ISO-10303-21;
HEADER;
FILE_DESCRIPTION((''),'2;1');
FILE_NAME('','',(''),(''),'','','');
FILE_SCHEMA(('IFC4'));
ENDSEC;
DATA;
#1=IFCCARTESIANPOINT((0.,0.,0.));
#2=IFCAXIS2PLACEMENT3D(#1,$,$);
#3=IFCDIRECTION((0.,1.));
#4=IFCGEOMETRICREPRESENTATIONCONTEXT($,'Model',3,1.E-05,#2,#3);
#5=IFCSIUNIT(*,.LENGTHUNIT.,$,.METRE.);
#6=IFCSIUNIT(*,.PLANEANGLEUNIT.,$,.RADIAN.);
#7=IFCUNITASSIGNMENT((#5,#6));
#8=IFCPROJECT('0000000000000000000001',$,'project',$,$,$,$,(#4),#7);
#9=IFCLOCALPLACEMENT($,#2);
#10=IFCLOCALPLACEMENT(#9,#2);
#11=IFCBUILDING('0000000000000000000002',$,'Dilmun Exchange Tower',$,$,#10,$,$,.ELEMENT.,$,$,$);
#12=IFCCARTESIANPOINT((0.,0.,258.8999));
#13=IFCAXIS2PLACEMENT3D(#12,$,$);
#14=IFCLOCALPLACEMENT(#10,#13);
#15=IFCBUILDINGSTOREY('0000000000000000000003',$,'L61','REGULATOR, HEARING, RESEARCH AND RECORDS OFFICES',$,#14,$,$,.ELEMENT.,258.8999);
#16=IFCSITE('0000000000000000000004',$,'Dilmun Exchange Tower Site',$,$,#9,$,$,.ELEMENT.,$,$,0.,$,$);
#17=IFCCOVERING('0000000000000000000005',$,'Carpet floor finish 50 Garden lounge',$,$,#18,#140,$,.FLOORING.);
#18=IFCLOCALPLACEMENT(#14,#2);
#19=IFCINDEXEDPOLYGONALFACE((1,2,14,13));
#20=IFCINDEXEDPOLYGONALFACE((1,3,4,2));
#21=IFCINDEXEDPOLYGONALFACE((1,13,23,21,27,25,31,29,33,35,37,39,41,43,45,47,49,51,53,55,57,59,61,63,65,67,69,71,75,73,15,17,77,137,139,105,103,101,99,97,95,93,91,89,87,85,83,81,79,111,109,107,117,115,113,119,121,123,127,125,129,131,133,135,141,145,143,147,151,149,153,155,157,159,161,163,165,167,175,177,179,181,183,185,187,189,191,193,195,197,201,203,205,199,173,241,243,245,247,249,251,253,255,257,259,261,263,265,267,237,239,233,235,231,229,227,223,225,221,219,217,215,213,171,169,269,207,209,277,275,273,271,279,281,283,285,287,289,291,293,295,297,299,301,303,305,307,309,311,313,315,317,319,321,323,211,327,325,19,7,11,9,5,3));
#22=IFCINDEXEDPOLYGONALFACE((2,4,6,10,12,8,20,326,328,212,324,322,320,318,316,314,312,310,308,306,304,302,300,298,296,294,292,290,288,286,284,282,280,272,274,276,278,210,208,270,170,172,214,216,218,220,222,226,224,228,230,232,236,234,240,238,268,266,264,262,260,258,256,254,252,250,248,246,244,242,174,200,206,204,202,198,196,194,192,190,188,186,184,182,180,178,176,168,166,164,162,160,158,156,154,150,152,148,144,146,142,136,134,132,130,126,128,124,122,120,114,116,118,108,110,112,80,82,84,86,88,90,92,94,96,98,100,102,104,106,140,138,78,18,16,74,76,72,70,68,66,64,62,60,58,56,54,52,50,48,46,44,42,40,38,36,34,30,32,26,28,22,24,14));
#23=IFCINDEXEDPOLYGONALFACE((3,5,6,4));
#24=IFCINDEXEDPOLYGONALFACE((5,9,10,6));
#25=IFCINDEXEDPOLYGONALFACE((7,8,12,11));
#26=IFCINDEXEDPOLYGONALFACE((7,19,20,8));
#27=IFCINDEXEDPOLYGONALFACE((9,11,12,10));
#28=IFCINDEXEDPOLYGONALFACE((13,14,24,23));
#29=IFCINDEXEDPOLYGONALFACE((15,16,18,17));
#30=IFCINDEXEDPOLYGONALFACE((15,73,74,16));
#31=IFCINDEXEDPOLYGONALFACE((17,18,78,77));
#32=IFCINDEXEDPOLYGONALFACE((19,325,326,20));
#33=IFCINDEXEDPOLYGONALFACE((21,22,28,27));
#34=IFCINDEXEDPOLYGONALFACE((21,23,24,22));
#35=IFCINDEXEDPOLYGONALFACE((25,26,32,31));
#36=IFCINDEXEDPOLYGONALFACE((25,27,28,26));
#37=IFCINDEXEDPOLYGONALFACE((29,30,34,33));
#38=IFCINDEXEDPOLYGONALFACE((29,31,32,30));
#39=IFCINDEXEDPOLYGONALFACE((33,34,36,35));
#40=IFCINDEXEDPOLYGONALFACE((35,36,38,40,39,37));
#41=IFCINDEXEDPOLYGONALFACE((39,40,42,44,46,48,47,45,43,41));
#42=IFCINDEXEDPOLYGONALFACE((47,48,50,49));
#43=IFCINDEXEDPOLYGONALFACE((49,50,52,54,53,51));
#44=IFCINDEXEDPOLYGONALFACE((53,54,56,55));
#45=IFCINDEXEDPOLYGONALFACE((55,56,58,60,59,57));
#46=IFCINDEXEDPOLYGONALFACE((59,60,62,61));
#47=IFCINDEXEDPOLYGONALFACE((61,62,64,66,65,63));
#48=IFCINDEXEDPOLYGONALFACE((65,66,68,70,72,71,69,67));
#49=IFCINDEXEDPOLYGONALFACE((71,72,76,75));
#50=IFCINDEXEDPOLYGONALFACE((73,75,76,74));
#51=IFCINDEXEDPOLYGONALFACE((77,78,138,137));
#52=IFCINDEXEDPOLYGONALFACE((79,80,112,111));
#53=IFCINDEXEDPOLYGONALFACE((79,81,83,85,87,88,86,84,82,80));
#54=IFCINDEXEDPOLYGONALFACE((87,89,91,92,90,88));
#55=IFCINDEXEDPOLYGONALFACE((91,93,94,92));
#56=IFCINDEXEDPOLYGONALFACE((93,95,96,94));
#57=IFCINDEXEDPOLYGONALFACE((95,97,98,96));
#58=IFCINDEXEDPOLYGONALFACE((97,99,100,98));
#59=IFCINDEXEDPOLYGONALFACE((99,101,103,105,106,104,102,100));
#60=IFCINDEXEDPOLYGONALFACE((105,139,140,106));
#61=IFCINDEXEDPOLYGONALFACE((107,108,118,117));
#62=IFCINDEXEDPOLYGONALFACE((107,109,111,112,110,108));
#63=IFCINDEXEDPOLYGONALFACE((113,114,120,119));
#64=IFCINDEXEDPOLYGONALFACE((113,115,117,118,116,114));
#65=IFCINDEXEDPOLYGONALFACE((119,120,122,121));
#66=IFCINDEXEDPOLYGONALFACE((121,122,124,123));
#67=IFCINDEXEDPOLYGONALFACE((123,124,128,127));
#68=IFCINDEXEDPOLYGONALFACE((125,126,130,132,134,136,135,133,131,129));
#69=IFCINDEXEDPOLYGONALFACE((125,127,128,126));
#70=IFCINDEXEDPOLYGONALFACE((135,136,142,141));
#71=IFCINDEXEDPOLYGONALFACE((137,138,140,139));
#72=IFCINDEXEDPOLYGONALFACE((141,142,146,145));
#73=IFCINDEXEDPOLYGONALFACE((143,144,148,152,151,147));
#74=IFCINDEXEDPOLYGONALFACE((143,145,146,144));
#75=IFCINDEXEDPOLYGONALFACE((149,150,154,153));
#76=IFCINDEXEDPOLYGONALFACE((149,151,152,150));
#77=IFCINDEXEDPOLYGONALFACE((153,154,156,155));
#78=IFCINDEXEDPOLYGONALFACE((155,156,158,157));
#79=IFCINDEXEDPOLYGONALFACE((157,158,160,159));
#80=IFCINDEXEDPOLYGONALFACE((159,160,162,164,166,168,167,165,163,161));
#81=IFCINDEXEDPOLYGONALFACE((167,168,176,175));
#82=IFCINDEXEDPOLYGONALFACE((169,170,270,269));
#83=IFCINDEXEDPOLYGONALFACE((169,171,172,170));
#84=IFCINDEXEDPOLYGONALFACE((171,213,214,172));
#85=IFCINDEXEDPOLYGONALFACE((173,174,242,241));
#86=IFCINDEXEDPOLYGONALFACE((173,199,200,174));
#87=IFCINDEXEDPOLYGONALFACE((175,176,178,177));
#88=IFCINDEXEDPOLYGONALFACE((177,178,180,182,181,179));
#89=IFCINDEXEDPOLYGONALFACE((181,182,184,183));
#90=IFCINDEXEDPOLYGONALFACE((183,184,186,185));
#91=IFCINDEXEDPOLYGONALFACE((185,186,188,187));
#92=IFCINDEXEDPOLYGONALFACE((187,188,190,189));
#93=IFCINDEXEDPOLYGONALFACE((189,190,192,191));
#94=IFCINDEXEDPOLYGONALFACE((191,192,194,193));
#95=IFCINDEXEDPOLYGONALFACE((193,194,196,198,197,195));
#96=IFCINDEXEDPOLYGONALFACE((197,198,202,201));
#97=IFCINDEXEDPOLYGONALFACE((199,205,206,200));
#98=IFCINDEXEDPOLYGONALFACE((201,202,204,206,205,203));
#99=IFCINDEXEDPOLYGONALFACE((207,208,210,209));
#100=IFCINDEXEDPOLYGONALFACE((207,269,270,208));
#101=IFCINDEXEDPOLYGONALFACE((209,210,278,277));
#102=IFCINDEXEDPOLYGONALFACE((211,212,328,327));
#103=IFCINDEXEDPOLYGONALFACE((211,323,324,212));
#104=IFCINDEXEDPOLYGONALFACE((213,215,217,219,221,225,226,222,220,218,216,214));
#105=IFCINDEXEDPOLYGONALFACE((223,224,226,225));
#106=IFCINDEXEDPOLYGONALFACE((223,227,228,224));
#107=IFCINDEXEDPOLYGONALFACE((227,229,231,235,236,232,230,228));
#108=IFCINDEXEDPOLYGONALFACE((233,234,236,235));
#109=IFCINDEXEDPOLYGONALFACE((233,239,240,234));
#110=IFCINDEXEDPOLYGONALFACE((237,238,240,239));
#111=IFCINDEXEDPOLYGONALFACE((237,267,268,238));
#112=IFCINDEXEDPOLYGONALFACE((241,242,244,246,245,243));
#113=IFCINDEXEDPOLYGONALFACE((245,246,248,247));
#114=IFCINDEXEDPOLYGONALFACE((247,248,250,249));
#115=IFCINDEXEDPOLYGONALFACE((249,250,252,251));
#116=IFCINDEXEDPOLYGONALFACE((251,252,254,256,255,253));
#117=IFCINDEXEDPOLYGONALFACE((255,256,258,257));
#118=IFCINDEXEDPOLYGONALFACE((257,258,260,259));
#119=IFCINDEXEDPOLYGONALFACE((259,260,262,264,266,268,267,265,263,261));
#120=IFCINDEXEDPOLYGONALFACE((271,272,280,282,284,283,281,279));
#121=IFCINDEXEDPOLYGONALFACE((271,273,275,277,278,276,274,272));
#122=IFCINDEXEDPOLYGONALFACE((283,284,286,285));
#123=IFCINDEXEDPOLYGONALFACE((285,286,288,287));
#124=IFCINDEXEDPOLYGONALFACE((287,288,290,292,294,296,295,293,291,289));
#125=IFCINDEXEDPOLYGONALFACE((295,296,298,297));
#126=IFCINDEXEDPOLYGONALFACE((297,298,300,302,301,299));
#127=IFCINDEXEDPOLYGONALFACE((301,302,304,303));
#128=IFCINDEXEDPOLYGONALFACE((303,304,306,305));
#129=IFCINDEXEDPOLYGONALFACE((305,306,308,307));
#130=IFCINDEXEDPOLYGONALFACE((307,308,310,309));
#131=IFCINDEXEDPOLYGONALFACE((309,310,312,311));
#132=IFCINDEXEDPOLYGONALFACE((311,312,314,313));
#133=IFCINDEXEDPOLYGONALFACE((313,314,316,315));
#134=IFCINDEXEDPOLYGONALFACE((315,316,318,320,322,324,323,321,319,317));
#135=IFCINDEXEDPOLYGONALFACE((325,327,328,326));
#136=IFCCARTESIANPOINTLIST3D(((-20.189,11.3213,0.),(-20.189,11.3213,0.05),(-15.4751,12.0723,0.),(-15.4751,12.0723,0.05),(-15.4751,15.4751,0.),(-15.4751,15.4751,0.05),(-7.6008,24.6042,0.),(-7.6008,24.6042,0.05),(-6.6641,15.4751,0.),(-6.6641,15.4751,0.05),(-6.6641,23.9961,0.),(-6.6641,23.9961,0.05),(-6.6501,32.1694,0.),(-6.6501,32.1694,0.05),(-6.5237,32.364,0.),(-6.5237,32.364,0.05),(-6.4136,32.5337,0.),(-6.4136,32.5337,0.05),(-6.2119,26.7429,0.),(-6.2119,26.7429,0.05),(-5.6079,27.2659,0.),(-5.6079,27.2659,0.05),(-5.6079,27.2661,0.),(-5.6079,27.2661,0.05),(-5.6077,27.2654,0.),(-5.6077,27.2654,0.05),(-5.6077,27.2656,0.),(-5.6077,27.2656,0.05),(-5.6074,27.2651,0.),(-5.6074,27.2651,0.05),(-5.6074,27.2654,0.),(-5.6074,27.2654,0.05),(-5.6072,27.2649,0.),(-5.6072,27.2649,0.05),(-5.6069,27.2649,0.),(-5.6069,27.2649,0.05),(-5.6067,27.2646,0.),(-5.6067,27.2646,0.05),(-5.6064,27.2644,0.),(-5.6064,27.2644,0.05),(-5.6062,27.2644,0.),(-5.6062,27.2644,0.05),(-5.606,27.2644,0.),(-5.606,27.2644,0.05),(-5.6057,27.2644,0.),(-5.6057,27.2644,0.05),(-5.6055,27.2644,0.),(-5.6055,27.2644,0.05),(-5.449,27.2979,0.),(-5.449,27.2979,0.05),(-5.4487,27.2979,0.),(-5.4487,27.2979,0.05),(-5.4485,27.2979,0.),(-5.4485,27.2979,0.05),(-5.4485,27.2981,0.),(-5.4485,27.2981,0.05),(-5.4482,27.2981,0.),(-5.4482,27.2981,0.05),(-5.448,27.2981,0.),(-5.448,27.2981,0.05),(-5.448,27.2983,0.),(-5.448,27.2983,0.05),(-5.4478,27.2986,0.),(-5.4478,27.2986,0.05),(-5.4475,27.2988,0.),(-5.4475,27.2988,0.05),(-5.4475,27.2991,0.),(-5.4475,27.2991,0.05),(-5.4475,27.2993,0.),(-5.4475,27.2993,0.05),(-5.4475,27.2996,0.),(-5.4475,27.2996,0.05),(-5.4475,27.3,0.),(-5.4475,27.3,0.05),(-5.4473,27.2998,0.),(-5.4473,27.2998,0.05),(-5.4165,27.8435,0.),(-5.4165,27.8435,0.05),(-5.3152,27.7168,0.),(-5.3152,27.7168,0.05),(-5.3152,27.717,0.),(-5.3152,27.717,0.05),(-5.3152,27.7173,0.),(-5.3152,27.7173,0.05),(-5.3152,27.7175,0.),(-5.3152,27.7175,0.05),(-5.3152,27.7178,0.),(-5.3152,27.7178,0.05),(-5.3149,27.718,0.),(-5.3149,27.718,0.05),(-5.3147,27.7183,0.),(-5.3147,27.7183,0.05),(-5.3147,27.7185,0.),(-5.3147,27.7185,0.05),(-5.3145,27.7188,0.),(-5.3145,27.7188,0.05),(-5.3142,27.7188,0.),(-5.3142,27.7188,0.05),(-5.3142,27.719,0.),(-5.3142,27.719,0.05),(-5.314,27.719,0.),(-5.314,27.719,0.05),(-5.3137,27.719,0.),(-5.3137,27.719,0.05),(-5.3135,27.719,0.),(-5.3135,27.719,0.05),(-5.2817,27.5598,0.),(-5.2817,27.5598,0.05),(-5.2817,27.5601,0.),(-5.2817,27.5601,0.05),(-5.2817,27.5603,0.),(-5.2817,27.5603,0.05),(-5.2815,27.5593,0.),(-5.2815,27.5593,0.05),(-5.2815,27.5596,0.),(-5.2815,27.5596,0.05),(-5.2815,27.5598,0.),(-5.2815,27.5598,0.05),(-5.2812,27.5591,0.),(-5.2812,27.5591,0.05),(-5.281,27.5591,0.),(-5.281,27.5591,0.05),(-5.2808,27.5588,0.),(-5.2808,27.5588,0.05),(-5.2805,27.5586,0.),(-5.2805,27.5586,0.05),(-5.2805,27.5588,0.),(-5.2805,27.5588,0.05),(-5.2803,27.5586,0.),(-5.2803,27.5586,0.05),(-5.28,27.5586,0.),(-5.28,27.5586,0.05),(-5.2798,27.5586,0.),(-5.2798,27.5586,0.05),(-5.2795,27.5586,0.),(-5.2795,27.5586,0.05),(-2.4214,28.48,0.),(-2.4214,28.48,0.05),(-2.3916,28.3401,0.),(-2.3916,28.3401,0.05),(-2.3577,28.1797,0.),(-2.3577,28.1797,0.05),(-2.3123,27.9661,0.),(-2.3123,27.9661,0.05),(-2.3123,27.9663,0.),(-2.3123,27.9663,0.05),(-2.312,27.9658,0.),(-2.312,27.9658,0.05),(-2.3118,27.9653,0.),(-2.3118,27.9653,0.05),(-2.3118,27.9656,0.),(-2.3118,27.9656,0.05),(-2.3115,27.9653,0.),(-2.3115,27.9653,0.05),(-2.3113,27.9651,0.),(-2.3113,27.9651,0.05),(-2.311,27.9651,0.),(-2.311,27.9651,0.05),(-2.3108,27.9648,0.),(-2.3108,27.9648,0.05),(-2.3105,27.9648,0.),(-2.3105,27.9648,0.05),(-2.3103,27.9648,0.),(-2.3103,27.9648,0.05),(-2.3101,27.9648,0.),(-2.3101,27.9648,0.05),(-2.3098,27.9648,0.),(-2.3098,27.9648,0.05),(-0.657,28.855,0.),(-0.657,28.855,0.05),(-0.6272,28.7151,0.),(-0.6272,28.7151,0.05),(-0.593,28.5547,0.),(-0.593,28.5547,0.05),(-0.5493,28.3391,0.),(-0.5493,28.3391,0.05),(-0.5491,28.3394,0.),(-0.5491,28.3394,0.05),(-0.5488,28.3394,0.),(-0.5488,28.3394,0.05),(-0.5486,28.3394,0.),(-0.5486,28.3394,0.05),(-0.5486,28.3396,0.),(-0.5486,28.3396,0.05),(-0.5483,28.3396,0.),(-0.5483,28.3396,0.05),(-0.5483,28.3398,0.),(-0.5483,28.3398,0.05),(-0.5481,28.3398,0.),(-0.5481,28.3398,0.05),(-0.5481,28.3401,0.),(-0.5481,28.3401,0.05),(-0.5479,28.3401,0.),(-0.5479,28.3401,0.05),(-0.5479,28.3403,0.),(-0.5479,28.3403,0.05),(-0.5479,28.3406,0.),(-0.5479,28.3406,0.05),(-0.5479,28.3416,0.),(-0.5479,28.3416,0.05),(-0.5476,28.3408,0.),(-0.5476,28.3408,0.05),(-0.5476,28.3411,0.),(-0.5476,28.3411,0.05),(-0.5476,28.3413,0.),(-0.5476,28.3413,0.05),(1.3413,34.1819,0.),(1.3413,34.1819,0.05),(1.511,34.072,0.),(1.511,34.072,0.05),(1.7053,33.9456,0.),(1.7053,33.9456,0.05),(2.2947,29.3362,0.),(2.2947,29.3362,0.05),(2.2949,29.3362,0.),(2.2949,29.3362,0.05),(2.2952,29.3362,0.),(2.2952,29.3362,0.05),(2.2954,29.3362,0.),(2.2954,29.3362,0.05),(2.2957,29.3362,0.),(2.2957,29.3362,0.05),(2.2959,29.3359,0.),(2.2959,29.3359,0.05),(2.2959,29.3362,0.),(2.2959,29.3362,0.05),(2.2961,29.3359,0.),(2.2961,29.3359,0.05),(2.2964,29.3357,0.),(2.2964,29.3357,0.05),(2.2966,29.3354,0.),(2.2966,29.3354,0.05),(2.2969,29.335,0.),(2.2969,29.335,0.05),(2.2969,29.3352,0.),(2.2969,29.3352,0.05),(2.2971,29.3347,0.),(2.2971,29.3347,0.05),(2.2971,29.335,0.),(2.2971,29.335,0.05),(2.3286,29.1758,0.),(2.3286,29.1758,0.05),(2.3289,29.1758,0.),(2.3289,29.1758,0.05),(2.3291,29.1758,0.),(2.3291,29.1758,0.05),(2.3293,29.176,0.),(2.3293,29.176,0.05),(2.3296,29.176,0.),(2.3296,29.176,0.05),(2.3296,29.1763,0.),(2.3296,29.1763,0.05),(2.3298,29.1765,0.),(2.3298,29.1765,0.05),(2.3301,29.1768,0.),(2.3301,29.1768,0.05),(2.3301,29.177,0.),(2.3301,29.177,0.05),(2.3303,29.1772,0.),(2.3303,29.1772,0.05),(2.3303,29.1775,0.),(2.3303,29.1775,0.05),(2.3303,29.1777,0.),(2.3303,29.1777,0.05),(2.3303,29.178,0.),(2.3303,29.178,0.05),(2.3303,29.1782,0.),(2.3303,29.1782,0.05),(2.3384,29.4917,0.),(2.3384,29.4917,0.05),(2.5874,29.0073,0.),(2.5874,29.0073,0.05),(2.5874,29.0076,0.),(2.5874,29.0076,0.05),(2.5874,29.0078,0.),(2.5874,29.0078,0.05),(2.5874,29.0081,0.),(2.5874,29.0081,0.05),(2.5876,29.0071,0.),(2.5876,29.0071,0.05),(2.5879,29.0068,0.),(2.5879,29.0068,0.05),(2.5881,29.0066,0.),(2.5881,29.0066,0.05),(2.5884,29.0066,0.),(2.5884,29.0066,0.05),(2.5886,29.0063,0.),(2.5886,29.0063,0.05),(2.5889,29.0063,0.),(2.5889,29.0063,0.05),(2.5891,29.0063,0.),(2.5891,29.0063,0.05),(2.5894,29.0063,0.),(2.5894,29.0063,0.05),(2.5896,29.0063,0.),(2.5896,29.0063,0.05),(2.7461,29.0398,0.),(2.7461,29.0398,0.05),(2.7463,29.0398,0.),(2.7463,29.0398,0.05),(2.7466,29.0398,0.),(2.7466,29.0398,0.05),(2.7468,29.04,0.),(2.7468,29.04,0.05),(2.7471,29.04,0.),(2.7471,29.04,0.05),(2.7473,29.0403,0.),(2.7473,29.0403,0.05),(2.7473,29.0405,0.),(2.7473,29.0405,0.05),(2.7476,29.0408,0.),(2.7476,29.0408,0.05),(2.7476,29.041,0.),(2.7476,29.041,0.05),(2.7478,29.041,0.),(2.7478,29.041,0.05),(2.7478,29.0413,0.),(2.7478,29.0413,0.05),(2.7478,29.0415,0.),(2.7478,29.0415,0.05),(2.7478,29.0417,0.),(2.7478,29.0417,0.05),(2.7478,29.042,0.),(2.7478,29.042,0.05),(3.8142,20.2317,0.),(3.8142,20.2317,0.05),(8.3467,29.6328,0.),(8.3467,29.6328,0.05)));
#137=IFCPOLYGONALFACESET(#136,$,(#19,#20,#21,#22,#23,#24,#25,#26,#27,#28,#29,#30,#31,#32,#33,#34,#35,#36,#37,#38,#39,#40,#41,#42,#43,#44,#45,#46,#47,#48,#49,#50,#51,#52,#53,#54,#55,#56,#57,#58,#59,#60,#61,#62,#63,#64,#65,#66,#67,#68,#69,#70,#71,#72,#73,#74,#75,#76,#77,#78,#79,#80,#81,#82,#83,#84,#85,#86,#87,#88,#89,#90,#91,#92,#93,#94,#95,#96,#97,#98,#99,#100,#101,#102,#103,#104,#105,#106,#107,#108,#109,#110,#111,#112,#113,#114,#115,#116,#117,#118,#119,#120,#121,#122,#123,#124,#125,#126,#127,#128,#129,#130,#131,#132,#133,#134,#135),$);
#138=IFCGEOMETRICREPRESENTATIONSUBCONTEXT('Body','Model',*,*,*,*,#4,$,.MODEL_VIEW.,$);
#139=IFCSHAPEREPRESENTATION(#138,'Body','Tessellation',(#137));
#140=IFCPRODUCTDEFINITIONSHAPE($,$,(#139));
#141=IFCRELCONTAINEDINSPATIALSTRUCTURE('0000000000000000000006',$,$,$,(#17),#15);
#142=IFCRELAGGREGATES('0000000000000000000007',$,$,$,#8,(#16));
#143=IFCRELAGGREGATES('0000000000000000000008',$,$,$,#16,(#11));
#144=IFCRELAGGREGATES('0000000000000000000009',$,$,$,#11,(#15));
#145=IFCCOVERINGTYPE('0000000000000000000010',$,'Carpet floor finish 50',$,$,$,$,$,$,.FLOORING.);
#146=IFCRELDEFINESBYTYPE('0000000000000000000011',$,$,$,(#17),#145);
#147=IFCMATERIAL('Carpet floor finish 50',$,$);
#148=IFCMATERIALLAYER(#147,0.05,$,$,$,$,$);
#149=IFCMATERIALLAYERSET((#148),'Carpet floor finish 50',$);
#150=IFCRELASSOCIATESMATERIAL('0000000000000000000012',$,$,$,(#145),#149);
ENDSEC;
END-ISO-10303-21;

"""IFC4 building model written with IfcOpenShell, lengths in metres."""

from ifc_helpers import new_model, si_unit, direction, frame, origin, place, context, subcontext, project, spatial, polyline, outline, extrude, material, layer, layer_set, type_object, element, save


model = new_model("IFC4")

# Units and contexts
model_context = context("Model", 3, precision=1e-05, world=origin(), true_north=direction((0.0, 1.0)))
body_context = subcontext(model_context, "Body", "Model", "MODEL_VIEW")
ifc_project = project(units=[si_unit("LENGTHUNIT", "METRE"), si_unit("PLANEANGLEUNIT", "RADIAN")], contexts=[model_context])

# Site, building, storey
site_placement = place(None, origin())
site = spatial("IfcSite", under=ifc_project, at=site_placement, Name="Dilmun Exchange Tower Site", CompositionType="ELEMENT", RefElevation=0.0)
building_placement = place(site_placement, origin())
building = spatial("IfcBuilding", under=site, at=building_placement, Name="Dilmun Exchange Tower", CompositionType="ELEMENT")
storey_placement = place(building_placement, frame((0.0, 0.0, 258.8999)))
storey = spatial("IfcBuildingStorey", under=building, at=storey_placement, Name="L61", Description="REGULATOR, HEARING, RESEARCH AND RECORDS OFFICES", CompositionType="ELEMENT", Elevation=258.8999)

# Covering
ifc_material_1 = material(Name="Carpet floor finish 50")
ifc_layer_1 = layer(ifc_material_1, 0.05)
ifc_layer_set_1 = layer_set([ifc_layer_1], Name="Carpet floor finish 50")
covering_type_1 = type_object("IfcCoveringType", Name="Carpet floor finish 50", PredefinedType="FLOORING", material=ifc_layer_set_1)
covering_1_placement = place(storey_placement, origin())
element("IfcCovering", 1, at=covering_1_placement, inside=storey, type_object=covering_type_1, Name="Carpet floor finish 50 Garden lounge", PredefinedType="FLOORING", context=body_context, shape_type="SweptSolid", body=[
    extrude(outline(polyline([(-2.4214, 28.48), (-2.3916, 28.3401), (-5.3135, 27.719), (-5.3137, 27.719), (-5.314, 27.719), (-5.3142, 27.719), (-5.3142, 27.7188), (-5.3145, 27.7188), (-5.3147, 27.7185), (-5.3147, 27.7185), (-5.3147, 27.7183), (-5.3149, 27.718), (-5.3149, 27.718), (-5.3152, 27.7178), (-5.3152, 27.7175), (-5.3152, 27.7173), (-5.3152, 27.717), (-5.3152, 27.7168), (-5.3152, 27.7168), (-5.2817, 27.5603), (-5.2817, 27.5601), (-5.2817, 27.5598), (-5.2815, 27.5598), (-5.2815, 27.5596), (-5.2815, 27.5593), (-5.2812, 27.5591), (-5.281, 27.5591), (-5.281, 27.5591), (-5.2808, 27.5588), (-5.2805, 27.5588), (-5.2805, 27.5586), (-5.2803, 27.5586), (-5.28, 27.5586), (-5.2798, 27.5586), (-5.2795, 27.5586), (-5.2795, 27.5586), (-2.3577, 28.1797), (-2.3123, 27.9663), (-2.3123, 27.9663), (-2.3123, 27.9661), (-2.312, 27.9658), (-2.312, 27.9658), (-2.3118, 27.9656), (-2.3118, 27.9653), (-2.3115, 27.9653), (-2.3113, 27.9651), (-2.3113, 27.9651), (-2.311, 27.9651), (-2.3108, 27.9648), (-2.3108, 27.9648), (-2.3105, 27.9648), (-2.3103, 27.9648), (-2.3101, 27.9648), (-2.3098, 27.9648), (-0.5493, 28.3391), (-0.5491, 28.3394), (-0.5488, 28.3394), (-0.5486, 28.3394), (-0.5486, 28.3396), (-0.5483, 28.3396), (-0.5483, 28.3398), (-0.5481, 28.3398), (-0.5481, 28.3401), (-0.5479, 28.3401), (-0.5479, 28.3403), (-0.5479, 28.3406), (-0.5476, 28.3408), (-0.5476, 28.3411), (-0.5476, 28.3413), (-0.5476, 28.3413), (-0.5479, 28.3416), (-0.593, 28.5547), (2.3286, 29.1758), (2.3289, 29.1758), (2.3291, 29.1758), (2.3293, 29.176), (2.3296, 29.176), (2.3296, 29.1763), (2.3298, 29.1765), (2.3298, 29.1765), (2.3301, 29.1768), (2.3301, 29.1768), (2.3301, 29.177), (2.3303, 29.1772), (2.3303, 29.1775), (2.3303, 29.1775), (2.3303, 29.1777), (2.3303, 29.178), (2.3303, 29.1782), (2.2971, 29.3347), (2.2971, 29.335), (2.2969, 29.335), (2.2969, 29.3352), (2.2966, 29.3354), (2.2966, 29.3354), (2.2964, 29.3357), (2.2964, 29.3357), (2.2961, 29.3359), (2.2959, 29.3359), (2.2959, 29.3362), (2.2957, 29.3362), (2.2954, 29.3362), (2.2952, 29.3362), (2.2949, 29.3362), (2.2949, 29.3362), (2.2947, 29.3362), (-0.6272, 28.7151), (-0.657, 28.855), (2.3384, 29.4917), (1.3413, 34.1819), (1.511, 34.072), (2.5874, 29.0081), (2.5874, 29.0078), (2.5874, 29.0076), (2.5874, 29.0073), (2.5876, 29.0071), (2.5876, 29.0071), (2.5879, 29.0068), (2.5879, 29.0068), (2.5881, 29.0066), (2.5884, 29.0066), (2.5884, 29.0066), (2.5886, 29.0063), (2.5889, 29.0063), (2.5891, 29.0063), (2.5894, 29.0063), (2.5896, 29.0063), (2.5896, 29.0063), (2.7461, 29.0398), (2.7463, 29.0398), (2.7466, 29.0398), (2.7466, 29.0398), (2.7468, 29.04), (2.7471, 29.04), (2.7473, 29.0403), (2.7473, 29.0403), (2.7473, 29.0405), (2.7476, 29.0408), (2.7476, 29.041), (2.7478, 29.041), (2.7478, 29.0413), (2.7478, 29.0415), (2.7478, 29.0417), (2.7478, 29.042), (2.7478, 29.042), (1.7053, 33.9456), (8.3467, 29.6328), (3.8142, 20.2317), (-6.2119, 26.7429), (-7.6008, 24.6042), (-6.6641, 23.9961), (-6.6641, 15.4751), (-15.4751, 15.4751), (-15.4751, 12.0723), (-20.189, 11.3213), (-6.6501, 32.1694), (-5.6079, 27.2661), (-5.6079, 27.2659), (-5.6077, 27.2656), (-5.6077, 27.2654), (-5.6074, 27.2654), (-5.6074, 27.2651), (-5.6072, 27.2649), (-5.6072, 27.2649), (-5.6069, 27.2649), (-5.6067, 27.2646), (-5.6067, 27.2646), (-5.6064, 27.2644), (-5.6062, 27.2644), (-5.606, 27.2644), (-5.6057, 27.2644), (-5.6057, 27.2644), (-5.6055, 27.2644), (-5.449, 27.2979), (-5.4487, 27.2979), (-5.4485, 27.2979), (-5.4485, 27.2981), (-5.4482, 27.2981), (-5.448, 27.2981), (-5.448, 27.2983), (-5.4478, 27.2986), (-5.4478, 27.2986), (-5.4475, 27.2988), (-5.4475, 27.2991), (-5.4475, 27.2993), (-5.4475, 27.2993), (-5.4475, 27.2996), (-5.4473, 27.2998), (-5.4475, 27.3), (-5.4475, 27.3), (-6.5237, 32.364), (-6.4136, 32.5337), (-5.4165, 27.8435), (-2.4214, 28.48)])), origin(), (0.0, 0.0, 1.0), 0.05),
])

save(model, "model.ifc")
